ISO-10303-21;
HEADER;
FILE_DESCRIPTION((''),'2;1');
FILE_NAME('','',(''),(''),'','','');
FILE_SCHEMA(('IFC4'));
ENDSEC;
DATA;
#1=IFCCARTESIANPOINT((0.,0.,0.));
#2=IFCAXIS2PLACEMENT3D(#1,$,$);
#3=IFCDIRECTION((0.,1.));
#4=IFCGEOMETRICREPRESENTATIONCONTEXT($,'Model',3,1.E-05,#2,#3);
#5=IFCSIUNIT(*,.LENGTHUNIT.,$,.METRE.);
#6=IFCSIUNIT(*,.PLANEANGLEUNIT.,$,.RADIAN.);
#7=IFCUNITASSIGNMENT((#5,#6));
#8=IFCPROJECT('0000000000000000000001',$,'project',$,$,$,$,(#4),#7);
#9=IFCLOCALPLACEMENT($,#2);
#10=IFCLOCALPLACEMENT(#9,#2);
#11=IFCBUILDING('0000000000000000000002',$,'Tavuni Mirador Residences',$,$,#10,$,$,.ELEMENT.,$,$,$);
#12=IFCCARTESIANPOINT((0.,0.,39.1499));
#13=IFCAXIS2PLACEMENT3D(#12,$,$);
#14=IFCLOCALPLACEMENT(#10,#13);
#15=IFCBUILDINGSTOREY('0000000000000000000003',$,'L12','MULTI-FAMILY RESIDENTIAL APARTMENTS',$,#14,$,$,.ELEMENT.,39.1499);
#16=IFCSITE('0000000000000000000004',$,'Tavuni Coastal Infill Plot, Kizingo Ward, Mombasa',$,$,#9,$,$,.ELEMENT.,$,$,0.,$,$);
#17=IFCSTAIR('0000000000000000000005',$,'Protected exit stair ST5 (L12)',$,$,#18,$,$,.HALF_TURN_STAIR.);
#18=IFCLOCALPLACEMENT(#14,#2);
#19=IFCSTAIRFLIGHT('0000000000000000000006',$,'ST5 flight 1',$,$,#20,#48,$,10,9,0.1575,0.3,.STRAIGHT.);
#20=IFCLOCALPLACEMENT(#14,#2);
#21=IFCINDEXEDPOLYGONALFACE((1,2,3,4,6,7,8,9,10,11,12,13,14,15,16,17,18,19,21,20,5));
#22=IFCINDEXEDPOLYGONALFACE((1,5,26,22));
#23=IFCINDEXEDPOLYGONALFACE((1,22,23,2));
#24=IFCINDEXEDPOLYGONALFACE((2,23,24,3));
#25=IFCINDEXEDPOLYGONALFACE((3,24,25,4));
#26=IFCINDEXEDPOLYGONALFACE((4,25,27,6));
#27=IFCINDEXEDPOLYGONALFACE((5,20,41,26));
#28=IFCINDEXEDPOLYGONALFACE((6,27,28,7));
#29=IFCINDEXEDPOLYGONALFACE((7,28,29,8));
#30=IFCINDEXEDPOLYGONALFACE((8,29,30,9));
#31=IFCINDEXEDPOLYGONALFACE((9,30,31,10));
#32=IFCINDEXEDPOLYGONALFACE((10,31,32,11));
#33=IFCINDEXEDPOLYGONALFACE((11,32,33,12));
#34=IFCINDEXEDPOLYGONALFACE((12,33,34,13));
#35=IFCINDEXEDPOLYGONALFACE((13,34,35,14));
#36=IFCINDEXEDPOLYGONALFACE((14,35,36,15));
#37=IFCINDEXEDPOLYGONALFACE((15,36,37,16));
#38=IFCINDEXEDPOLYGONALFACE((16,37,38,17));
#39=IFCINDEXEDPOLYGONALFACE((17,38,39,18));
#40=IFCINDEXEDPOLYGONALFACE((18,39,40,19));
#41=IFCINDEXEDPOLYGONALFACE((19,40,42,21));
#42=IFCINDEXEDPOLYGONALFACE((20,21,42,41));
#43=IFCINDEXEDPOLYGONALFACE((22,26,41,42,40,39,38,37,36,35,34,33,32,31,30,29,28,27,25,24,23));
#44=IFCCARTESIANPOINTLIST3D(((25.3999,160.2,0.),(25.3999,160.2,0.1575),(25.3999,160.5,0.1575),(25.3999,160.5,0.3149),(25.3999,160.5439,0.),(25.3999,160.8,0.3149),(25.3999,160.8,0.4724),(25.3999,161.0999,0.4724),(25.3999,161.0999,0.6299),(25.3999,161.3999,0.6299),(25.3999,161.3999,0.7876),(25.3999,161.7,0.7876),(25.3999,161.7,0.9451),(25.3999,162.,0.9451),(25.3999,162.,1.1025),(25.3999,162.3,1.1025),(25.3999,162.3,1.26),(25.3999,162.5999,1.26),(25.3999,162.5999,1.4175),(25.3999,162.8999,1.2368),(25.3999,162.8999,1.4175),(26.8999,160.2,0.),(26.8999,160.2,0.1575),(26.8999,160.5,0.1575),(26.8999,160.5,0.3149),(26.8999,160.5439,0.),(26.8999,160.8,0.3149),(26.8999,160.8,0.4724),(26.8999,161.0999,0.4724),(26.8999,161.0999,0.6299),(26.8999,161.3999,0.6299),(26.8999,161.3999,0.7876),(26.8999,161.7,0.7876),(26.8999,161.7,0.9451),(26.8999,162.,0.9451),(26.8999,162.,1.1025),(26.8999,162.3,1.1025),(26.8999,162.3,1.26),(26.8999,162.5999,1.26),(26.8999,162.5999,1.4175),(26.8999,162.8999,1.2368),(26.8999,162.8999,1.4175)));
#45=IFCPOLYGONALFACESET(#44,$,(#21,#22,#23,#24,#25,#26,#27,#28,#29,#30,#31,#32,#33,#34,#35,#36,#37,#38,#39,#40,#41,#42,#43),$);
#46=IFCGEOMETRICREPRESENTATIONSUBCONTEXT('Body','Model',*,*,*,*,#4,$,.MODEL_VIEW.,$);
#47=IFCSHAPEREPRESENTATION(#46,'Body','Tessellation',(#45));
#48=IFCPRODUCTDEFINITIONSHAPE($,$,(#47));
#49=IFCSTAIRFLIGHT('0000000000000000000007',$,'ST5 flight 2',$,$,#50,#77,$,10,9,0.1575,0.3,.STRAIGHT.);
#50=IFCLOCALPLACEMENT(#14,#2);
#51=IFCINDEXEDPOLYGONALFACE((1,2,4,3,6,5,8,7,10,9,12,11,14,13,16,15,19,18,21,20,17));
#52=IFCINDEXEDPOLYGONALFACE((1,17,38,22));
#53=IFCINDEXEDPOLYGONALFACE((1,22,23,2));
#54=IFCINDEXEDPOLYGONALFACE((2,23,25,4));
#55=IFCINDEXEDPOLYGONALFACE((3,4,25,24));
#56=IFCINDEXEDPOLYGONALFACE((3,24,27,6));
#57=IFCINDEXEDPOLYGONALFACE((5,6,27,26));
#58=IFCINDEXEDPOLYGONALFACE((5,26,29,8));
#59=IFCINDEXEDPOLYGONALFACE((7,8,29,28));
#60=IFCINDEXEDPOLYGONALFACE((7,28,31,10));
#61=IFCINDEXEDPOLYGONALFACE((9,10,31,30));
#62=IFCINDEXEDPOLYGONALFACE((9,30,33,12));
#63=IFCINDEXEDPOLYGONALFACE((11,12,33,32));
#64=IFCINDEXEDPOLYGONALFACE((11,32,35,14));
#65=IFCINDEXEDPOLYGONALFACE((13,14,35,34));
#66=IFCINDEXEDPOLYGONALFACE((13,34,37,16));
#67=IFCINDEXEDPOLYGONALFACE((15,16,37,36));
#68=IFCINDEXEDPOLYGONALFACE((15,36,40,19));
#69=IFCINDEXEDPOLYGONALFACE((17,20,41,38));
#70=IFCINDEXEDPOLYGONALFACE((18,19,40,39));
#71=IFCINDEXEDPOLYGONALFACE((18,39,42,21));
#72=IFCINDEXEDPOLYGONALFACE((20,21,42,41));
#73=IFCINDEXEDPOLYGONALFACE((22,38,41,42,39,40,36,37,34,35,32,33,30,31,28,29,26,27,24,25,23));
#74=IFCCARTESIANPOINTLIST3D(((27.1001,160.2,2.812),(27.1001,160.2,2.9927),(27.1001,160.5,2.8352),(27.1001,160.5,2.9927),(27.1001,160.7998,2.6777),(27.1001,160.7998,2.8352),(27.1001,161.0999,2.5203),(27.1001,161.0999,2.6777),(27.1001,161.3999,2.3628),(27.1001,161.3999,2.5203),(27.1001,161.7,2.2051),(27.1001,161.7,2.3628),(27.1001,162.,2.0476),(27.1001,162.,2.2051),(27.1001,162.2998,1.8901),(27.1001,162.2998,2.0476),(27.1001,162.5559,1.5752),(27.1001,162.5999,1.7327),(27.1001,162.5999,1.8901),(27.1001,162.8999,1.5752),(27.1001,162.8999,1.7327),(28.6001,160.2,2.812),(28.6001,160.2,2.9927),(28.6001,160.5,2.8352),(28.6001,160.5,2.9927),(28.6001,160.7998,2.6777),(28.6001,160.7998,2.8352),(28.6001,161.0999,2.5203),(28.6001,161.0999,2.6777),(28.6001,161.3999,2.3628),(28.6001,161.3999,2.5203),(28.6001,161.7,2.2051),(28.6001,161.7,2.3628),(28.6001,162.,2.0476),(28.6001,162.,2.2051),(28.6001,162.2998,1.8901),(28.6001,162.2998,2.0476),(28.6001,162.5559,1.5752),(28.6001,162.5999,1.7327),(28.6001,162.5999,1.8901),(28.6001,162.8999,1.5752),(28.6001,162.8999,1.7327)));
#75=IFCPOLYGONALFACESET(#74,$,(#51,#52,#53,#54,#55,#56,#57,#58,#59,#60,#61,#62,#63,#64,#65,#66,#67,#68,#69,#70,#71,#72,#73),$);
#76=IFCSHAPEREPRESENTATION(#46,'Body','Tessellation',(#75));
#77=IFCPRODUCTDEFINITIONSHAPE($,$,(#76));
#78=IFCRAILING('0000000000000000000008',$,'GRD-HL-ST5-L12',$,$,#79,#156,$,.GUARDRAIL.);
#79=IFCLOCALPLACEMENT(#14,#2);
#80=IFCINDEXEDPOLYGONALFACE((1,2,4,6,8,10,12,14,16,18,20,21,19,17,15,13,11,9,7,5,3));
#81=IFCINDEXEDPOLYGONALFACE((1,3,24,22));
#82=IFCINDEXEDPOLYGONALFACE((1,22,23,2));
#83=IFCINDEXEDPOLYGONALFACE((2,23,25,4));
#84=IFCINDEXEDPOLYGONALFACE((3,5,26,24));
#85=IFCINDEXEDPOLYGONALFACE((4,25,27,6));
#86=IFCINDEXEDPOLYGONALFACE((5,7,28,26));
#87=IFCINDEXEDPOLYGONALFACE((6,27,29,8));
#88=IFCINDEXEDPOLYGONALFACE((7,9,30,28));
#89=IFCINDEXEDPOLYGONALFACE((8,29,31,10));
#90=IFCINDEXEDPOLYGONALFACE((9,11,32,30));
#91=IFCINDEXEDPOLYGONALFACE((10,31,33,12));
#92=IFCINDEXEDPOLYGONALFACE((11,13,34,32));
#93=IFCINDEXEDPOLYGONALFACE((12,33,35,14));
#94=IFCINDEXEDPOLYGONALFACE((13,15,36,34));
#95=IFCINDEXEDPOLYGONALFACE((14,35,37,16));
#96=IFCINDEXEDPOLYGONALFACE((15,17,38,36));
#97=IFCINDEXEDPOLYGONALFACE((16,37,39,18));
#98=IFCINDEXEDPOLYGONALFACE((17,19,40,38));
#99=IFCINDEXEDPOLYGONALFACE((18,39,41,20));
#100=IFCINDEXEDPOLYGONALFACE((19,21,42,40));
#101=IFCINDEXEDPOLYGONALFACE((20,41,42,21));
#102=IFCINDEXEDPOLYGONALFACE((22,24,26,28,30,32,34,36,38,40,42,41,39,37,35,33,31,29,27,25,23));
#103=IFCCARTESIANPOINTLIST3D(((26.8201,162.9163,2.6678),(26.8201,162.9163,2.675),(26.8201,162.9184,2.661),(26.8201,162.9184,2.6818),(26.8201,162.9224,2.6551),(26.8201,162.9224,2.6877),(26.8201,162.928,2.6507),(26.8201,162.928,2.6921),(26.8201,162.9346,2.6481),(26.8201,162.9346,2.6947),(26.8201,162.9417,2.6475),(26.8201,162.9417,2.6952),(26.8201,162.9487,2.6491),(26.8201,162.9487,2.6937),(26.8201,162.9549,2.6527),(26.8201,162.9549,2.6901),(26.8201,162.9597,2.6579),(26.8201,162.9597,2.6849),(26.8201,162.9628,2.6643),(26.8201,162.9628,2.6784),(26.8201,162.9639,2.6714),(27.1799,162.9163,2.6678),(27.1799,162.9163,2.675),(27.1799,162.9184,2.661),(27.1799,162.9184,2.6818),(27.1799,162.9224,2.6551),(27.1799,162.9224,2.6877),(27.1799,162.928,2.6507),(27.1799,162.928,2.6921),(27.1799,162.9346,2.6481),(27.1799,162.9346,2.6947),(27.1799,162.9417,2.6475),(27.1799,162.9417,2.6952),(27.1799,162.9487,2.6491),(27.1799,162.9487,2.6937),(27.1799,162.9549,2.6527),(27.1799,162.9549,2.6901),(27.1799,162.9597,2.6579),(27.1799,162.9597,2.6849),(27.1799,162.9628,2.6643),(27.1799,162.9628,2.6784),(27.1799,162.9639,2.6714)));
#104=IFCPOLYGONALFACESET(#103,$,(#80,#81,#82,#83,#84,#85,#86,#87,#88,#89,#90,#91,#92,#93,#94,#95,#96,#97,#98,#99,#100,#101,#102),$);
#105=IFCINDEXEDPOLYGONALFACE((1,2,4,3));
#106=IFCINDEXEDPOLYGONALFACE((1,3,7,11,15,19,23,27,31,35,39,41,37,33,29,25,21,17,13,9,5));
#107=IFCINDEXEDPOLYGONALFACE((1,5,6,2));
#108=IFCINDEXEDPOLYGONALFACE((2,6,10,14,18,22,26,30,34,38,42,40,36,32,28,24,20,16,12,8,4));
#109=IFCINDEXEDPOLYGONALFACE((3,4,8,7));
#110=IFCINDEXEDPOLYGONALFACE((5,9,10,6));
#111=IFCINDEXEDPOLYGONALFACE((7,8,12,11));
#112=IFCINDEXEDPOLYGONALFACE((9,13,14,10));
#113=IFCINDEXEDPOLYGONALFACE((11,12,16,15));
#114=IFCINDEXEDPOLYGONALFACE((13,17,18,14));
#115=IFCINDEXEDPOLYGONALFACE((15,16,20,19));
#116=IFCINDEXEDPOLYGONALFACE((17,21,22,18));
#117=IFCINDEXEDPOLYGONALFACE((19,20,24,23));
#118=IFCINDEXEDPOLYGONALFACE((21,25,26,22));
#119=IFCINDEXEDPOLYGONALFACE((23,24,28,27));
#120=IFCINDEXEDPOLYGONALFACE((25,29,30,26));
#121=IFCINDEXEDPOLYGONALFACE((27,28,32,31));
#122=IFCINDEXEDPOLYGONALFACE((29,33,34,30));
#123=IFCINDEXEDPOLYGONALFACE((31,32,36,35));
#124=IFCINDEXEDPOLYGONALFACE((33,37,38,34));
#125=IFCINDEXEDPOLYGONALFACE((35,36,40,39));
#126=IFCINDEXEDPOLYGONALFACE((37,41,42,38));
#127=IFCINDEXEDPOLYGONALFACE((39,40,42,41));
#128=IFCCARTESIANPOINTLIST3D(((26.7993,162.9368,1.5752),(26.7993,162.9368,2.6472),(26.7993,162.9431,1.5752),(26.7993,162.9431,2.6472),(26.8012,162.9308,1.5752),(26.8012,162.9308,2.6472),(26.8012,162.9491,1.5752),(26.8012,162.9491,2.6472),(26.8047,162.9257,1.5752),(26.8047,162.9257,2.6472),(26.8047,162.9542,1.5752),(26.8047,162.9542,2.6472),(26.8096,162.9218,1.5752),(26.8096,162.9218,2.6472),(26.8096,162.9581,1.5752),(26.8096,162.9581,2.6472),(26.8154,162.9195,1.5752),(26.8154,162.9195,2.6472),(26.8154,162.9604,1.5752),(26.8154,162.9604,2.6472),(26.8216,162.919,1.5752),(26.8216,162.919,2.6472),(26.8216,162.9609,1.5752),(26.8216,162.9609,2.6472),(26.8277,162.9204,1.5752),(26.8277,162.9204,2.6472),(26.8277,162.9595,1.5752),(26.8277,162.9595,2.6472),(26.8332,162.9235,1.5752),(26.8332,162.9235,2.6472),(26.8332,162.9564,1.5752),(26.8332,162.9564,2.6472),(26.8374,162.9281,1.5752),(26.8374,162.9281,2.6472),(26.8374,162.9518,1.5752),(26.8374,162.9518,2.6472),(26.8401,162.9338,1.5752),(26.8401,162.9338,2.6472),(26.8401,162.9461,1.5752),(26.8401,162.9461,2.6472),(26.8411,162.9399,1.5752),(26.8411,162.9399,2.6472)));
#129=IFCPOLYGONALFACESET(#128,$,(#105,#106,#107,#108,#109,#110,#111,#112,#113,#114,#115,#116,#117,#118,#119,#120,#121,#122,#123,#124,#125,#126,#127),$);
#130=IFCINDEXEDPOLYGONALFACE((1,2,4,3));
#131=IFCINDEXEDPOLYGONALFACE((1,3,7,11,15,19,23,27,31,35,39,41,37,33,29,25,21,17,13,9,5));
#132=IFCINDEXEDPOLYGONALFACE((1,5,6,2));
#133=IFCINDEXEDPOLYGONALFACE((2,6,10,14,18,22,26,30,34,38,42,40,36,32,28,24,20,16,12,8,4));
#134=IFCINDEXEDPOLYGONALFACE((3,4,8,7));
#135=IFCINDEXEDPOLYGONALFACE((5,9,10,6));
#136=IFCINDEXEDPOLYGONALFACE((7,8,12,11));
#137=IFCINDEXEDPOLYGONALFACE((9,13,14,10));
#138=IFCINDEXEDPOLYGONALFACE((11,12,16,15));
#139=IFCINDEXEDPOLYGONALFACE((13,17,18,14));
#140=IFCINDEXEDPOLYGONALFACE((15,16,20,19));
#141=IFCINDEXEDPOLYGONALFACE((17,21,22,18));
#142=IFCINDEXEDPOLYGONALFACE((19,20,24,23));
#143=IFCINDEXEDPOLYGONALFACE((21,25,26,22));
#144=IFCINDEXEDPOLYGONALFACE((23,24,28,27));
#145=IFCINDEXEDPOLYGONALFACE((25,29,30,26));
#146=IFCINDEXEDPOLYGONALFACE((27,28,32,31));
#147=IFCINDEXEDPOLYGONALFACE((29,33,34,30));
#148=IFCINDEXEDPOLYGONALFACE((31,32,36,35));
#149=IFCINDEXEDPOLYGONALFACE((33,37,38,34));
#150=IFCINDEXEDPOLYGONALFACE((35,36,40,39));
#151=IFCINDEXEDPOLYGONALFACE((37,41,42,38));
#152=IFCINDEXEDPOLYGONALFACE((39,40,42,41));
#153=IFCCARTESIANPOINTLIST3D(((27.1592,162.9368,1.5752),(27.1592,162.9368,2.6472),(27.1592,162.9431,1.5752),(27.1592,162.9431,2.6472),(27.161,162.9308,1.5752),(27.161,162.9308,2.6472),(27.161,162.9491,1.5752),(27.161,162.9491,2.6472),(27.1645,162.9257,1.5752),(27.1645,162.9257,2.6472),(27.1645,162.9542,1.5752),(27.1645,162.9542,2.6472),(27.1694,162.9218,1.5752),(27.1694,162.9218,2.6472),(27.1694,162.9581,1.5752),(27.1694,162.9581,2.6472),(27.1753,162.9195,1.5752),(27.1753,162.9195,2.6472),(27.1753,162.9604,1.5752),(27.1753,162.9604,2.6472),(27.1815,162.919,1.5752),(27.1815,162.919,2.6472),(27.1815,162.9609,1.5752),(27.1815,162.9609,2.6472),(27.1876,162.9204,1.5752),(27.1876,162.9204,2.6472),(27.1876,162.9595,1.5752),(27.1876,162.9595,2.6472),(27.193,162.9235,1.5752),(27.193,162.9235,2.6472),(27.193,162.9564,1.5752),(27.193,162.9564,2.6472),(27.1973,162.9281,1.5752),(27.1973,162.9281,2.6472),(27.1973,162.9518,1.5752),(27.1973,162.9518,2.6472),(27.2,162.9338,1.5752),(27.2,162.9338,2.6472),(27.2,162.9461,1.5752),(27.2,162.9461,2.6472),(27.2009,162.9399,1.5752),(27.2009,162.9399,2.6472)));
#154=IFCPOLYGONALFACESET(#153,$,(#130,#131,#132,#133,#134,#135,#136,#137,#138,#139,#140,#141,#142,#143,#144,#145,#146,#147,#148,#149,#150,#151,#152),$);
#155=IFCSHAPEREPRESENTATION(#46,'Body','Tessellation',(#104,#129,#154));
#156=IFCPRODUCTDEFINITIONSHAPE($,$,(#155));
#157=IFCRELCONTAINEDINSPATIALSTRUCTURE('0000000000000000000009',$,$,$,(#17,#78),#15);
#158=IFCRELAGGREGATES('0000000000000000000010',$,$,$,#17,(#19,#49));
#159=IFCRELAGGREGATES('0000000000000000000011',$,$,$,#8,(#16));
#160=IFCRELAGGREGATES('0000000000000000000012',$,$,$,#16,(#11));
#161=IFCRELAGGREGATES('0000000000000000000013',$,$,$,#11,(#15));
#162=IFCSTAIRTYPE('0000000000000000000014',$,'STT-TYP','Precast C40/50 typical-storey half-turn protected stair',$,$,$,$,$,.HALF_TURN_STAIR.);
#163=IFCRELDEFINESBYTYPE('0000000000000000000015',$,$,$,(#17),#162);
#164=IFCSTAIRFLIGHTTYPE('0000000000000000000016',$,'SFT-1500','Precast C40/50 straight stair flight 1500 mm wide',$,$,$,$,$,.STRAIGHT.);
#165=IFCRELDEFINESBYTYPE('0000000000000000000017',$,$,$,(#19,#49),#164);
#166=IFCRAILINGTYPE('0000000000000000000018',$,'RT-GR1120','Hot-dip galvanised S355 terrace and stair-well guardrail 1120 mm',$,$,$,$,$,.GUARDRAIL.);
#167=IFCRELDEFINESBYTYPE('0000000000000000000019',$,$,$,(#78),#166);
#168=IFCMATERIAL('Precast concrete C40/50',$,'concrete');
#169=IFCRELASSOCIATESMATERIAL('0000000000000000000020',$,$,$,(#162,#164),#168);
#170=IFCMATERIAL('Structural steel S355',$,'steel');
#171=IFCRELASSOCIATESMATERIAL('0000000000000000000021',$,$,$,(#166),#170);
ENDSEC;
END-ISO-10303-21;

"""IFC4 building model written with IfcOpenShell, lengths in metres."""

from ifc_helpers import new_model, si_unit, direction, frame, origin, origin_2d, place, context, subcontext, project, spatial, polyline, circle, outline, extrude, material, type_object, element, aggregate, save


model = new_model("IFC4")

# Units and contexts
model_context = context("Model", 3, precision=1e-05, world=origin(), true_north=direction((0.0, 1.0)))
body_context = subcontext(model_context, "Body", "Model", "MODEL_VIEW")
ifc_project = project(units=[si_unit("LENGTHUNIT", "METRE"), si_unit("PLANEANGLEUNIT", "RADIAN")], contexts=[model_context])

# Site, building, storey
site_placement = place(None, origin())
site = spatial("IfcSite", under=ifc_project, at=site_placement, Name="Tavuni Coastal Infill Plot, Kizingo Ward, Mombasa", CompositionType="ELEMENT", RefElevation=0.0)
building_placement = place(site_placement, origin())
building = spatial("IfcBuilding", under=site, at=building_placement, Name="Tavuni Mirador Residences", CompositionType="ELEMENT")
storey_placement = place(building_placement, frame((0.0, 0.0, 39.1499)))
storey = spatial("IfcBuildingStorey", under=building, at=storey_placement, Name="L12", Description="MULTI-FAMILY RESIDENTIAL APARTMENTS", CompositionType="ELEMENT", Elevation=39.1499)

# Shared definitions
ifc_material_1 = material(Name="Precast concrete C40/50", Category="concrete")

# Shared definitions
ifc_material_2 = material(Name="Structural steel S355", Category="steel")

# Stair, stair flights
stair_type = type_object("IfcStairType", Name="STT-TYP", Description="Precast C40/50 typical-storey half-turn protected stair", PredefinedType="HALF_TURN_STAIR", material=ifc_material_1)
stair_placement = place(storey_placement, origin())
stair = element("IfcStair", 1, at=stair_placement, inside=storey, type_object=stair_type, Name="Protected exit stair ST5 (L12)", PredefinedType="HALF_TURN_STAIR")
stair_flight_type = type_object("IfcStairFlightType", Name="SFT-1500", Description="Precast C40/50 straight stair flight 1500 mm wide", PredefinedType="STRAIGHT", material=ifc_material_1)
stair_flight_1_placement = place(storey_placement, frame((26.1499, 160.2, 0.0), z_axis=(0.0, 0.0, 1.0), x_axis=(0.0, 1.0, 0.0)))
stair_flight_1 = element("IfcStairFlight", 2, at=stair_flight_1_placement, type_object=stair_flight_type, Name="ST5 flight 1", NumberOfRisers=10, NumberOfTreads=9, PredefinedType="STRAIGHT", RiserHeight=0.1575, TreadLength=0.3, context=body_context, shape_type="SweptSolid", body=[
    extrude(outline(polyline([(0.0, 0.0), (0.0, 0.1575), (0.3, 0.1575), (0.3, 0.3149), (0.6001, 0.3149), (0.6001, 0.4724), (0.8999, 0.4724), (0.8999, 0.6299), (1.2, 0.6299), (1.2, 0.7876), (1.5, 0.7876), (1.5, 0.9451), (1.8, 0.9451), (1.8, 1.1025), (2.1001, 1.1025), (2.1001, 1.26), (2.3999, 1.26), (2.3999, 1.4175), (2.7, 1.4175), (2.7, 1.575), (2.7, 1.2368), (0.344, 0.0), (0.0, 0.0)])), frame((0.0, 0.75, 0.0), z_axis=(0.0, -1.0, 0.0), x_axis=(1.0, 0.0, 0.0)), (0.0, 0.0, 1.0), 1.5),
])
stair_flight_2_placement = place(storey_placement, frame((27.8501, 162.8999, 1.5752), z_axis=(0.0, 0.0, 1.0), x_axis=(0.0, -1.0, 0.0)))
stair_flight_2 = element("IfcStairFlight", 3, at=stair_flight_2_placement, type_object=stair_flight_type, Name="ST5 flight 2", NumberOfRisers=10, NumberOfTreads=9, PredefinedType="STRAIGHT", RiserHeight=0.1575, TreadLength=0.3, context=body_context, shape_type="SweptSolid", body=[
    extrude(outline(polyline([(0.0, 0.0), (0.0, 0.1575), (0.3, 0.1575), (0.3, 0.3149), (0.6001, 0.3149), (0.6001, 0.4724), (0.8999, 0.4724), (0.8999, 0.6299), (1.2, 0.6299), (1.2, 0.7876), (1.5, 0.7876), (1.5, 0.9451), (1.8, 0.9451), (1.8, 1.1025), (2.1001, 1.1025), (2.1001, 1.26), (2.3999, 1.26), (2.3999, 1.4175), (2.7, 1.4175), (2.7, 1.575), (2.7, 1.2368), (0.344, 0.0), (0.0, 0.0)])), frame((0.0, 0.75, 0.0), z_axis=(0.0, -1.0, 0.0), x_axis=(1.0, 0.0, 0.0)), (0.0, 0.0, 1.0), 1.5),
])
aggregate(stair, [stair_flight_1, stair_flight_2])

# Railing
railing_type_1 = type_object("IfcRailingType", Name="RT-GR1120", Description="Hot-dip galvanised S355 terrace and stair-well guardrail 1120 mm", PredefinedType="GUARDRAIL", material=ifc_material_2)
railing_1_placement = place(storey_placement, frame((26.8201, 162.9399, 1.5752)))
element("IfcRailing", 4, at=railing_1_placement, inside=storey, type_object=railing_type_1, Name="GRD-HL-ST5-L12", PredefinedType="GUARDRAIL", context=body_context, shape_type="SweptSolid", body=[
    extrude(circle(Radius=0.0239, at=origin_2d()), frame((0.0, 0.0, 1.0962), z_axis=(1.0, 0.0, 0.0), x_axis=(0.0, 1.0, 0.0)), (0.0, 0.0, 1.0), 0.3599),
    extrude(circle(Radius=0.021, at=origin_2d()), origin(), (0.0, 0.0, 1.0), 1.072),
    extrude(circle(Radius=0.021, at=origin_2d()), frame((0.3599, 0.0, 0.0)), (0.0, 0.0, 1.0), 1.072),
])

save(model, "model.ifc")
